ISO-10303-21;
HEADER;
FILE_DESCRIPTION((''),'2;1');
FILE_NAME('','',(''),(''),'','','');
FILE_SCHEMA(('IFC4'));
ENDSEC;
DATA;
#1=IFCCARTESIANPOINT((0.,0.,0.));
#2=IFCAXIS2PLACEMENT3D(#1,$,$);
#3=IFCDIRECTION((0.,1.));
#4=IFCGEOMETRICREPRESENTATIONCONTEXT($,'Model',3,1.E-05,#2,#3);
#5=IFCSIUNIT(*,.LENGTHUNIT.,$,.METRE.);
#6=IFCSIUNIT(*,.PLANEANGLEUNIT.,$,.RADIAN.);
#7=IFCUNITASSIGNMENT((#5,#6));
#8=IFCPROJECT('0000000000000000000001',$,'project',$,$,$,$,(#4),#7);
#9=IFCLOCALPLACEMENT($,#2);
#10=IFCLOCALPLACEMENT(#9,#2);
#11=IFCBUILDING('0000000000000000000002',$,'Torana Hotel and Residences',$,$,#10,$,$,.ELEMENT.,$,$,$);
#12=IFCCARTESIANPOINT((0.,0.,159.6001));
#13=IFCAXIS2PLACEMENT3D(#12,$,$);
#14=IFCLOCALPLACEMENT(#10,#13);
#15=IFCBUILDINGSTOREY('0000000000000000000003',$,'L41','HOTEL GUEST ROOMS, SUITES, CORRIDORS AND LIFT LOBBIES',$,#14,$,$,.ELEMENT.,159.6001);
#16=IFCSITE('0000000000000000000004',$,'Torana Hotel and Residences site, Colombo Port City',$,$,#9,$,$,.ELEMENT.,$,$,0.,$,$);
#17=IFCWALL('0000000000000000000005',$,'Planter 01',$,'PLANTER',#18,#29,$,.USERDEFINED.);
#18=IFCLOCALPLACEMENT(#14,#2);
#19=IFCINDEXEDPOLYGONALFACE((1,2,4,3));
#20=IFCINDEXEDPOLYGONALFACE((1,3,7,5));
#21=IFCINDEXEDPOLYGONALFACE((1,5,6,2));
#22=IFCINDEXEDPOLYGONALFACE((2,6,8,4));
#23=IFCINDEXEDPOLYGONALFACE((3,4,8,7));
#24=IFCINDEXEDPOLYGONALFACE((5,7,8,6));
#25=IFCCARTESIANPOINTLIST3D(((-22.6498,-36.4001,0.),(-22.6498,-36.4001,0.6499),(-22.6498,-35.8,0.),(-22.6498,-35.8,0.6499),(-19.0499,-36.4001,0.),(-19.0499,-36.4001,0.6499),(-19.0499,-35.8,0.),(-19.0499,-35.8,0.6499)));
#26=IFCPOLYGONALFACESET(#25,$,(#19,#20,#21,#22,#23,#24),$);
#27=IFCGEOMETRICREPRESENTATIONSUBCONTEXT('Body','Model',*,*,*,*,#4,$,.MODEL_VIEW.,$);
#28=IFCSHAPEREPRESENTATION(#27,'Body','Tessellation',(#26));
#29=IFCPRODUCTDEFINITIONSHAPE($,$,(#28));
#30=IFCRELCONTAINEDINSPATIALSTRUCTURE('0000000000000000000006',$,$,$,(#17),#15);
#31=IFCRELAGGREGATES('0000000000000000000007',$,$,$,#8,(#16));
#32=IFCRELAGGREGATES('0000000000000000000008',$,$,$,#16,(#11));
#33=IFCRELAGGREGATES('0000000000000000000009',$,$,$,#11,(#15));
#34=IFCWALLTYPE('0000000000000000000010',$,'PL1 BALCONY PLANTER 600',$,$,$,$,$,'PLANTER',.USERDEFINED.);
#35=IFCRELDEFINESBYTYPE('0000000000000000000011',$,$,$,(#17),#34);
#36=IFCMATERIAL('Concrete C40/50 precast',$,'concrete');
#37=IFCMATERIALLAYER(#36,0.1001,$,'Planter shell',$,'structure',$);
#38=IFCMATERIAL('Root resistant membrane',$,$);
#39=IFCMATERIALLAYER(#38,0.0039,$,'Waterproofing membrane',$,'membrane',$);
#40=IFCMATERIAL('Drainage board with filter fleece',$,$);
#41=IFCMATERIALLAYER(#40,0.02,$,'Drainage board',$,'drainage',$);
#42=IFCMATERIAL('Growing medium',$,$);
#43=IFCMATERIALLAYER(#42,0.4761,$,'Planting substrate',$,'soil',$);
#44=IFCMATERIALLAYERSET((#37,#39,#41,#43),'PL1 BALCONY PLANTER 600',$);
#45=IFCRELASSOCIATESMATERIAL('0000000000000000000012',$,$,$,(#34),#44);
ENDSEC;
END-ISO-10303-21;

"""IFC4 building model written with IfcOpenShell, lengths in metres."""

from ifc_helpers import new_model, si_unit, direction, frame, frame_2d, origin, place, context, subcontext, project, spatial, rectangle, extrude, material, layer, layer_set, type_object, element, save


model = new_model("IFC4")

# Units and contexts
model_context = context("Model", 3, precision=1e-05, world=origin(), true_north=direction((0.0, 1.0)))
body_context = subcontext(model_context, "Body", "Model", "MODEL_VIEW")
ifc_project = project(units=[si_unit("LENGTHUNIT", "METRE"), si_unit("PLANEANGLEUNIT", "RADIAN")], contexts=[model_context])

# Site, building, storey
site_placement = place(None, origin())
site = spatial("IfcSite", under=ifc_project, at=site_placement, Name="Torana Hotel and Residences site, Colombo Port City", CompositionType="ELEMENT", RefElevation=0.0)
building_placement = place(site_placement, origin())
building = spatial("IfcBuilding", under=site, at=building_placement, Name="Torana Hotel and Residences", CompositionType="ELEMENT")
storey_placement = place(building_placement, frame((0.0, 0.0, 159.6001)))
storey = spatial("IfcBuildingStorey", under=building, at=storey_placement, Name="L41", Description="HOTEL GUEST ROOMS, SUITES, CORRIDORS AND LIFT LOBBIES", CompositionType="ELEMENT", Elevation=159.6001)

# Wall
ifc_material_1 = material(Name="Concrete C40/50 precast", Category="concrete")
ifc_layer_1 = layer(ifc_material_1, 0.1001, Name="Planter shell", Category="structure")
ifc_material_2 = material(Name="Root resistant membrane")
ifc_layer_2 = layer(ifc_material_2, 0.0039, Name="Waterproofing membrane", Category="membrane")
ifc_material_3 = material(Name="Drainage board with filter fleece")
ifc_layer_3 = layer(ifc_material_3, 0.02, Name="Drainage board", Category="drainage")
ifc_material_4 = material(Name="Growing medium")
ifc_layer_4 = layer(ifc_material_4, 0.4761, Name="Planting substrate", Category="soil")
ifc_layer_set_1 = layer_set([ifc_layer_1, ifc_layer_2, ifc_layer_3, ifc_layer_4], Name="PL1 BALCONY PLANTER 600")
wall_type_1 = type_object("IfcWallType", Name="PL1 BALCONY PLANTER 600", ElementType="PLANTER", PredefinedType="USERDEFINED", material=ifc_layer_set_1)
wall_1_placement = place(storey_placement, frame((-19.05, -36.1001, 0.0), z_axis=(0.0, 0.0, 1.0), x_axis=(-1.0, 0.0, 0.0)))
element("IfcWall", 1, at=wall_1_placement, inside=storey, type_object=wall_type_1, Name="Planter 01", ObjectType="PLANTER", PredefinedType="USERDEFINED", context=body_context, shape_type="SweptSolid", body=[
    extrude(rectangle(XDim=3.5999, YDim=0.6001, at=frame_2d((1.7998, 0.0))), origin(), (0.0, 0.0, 1.0), 0.6499),
])

save(model, "model.ifc")
